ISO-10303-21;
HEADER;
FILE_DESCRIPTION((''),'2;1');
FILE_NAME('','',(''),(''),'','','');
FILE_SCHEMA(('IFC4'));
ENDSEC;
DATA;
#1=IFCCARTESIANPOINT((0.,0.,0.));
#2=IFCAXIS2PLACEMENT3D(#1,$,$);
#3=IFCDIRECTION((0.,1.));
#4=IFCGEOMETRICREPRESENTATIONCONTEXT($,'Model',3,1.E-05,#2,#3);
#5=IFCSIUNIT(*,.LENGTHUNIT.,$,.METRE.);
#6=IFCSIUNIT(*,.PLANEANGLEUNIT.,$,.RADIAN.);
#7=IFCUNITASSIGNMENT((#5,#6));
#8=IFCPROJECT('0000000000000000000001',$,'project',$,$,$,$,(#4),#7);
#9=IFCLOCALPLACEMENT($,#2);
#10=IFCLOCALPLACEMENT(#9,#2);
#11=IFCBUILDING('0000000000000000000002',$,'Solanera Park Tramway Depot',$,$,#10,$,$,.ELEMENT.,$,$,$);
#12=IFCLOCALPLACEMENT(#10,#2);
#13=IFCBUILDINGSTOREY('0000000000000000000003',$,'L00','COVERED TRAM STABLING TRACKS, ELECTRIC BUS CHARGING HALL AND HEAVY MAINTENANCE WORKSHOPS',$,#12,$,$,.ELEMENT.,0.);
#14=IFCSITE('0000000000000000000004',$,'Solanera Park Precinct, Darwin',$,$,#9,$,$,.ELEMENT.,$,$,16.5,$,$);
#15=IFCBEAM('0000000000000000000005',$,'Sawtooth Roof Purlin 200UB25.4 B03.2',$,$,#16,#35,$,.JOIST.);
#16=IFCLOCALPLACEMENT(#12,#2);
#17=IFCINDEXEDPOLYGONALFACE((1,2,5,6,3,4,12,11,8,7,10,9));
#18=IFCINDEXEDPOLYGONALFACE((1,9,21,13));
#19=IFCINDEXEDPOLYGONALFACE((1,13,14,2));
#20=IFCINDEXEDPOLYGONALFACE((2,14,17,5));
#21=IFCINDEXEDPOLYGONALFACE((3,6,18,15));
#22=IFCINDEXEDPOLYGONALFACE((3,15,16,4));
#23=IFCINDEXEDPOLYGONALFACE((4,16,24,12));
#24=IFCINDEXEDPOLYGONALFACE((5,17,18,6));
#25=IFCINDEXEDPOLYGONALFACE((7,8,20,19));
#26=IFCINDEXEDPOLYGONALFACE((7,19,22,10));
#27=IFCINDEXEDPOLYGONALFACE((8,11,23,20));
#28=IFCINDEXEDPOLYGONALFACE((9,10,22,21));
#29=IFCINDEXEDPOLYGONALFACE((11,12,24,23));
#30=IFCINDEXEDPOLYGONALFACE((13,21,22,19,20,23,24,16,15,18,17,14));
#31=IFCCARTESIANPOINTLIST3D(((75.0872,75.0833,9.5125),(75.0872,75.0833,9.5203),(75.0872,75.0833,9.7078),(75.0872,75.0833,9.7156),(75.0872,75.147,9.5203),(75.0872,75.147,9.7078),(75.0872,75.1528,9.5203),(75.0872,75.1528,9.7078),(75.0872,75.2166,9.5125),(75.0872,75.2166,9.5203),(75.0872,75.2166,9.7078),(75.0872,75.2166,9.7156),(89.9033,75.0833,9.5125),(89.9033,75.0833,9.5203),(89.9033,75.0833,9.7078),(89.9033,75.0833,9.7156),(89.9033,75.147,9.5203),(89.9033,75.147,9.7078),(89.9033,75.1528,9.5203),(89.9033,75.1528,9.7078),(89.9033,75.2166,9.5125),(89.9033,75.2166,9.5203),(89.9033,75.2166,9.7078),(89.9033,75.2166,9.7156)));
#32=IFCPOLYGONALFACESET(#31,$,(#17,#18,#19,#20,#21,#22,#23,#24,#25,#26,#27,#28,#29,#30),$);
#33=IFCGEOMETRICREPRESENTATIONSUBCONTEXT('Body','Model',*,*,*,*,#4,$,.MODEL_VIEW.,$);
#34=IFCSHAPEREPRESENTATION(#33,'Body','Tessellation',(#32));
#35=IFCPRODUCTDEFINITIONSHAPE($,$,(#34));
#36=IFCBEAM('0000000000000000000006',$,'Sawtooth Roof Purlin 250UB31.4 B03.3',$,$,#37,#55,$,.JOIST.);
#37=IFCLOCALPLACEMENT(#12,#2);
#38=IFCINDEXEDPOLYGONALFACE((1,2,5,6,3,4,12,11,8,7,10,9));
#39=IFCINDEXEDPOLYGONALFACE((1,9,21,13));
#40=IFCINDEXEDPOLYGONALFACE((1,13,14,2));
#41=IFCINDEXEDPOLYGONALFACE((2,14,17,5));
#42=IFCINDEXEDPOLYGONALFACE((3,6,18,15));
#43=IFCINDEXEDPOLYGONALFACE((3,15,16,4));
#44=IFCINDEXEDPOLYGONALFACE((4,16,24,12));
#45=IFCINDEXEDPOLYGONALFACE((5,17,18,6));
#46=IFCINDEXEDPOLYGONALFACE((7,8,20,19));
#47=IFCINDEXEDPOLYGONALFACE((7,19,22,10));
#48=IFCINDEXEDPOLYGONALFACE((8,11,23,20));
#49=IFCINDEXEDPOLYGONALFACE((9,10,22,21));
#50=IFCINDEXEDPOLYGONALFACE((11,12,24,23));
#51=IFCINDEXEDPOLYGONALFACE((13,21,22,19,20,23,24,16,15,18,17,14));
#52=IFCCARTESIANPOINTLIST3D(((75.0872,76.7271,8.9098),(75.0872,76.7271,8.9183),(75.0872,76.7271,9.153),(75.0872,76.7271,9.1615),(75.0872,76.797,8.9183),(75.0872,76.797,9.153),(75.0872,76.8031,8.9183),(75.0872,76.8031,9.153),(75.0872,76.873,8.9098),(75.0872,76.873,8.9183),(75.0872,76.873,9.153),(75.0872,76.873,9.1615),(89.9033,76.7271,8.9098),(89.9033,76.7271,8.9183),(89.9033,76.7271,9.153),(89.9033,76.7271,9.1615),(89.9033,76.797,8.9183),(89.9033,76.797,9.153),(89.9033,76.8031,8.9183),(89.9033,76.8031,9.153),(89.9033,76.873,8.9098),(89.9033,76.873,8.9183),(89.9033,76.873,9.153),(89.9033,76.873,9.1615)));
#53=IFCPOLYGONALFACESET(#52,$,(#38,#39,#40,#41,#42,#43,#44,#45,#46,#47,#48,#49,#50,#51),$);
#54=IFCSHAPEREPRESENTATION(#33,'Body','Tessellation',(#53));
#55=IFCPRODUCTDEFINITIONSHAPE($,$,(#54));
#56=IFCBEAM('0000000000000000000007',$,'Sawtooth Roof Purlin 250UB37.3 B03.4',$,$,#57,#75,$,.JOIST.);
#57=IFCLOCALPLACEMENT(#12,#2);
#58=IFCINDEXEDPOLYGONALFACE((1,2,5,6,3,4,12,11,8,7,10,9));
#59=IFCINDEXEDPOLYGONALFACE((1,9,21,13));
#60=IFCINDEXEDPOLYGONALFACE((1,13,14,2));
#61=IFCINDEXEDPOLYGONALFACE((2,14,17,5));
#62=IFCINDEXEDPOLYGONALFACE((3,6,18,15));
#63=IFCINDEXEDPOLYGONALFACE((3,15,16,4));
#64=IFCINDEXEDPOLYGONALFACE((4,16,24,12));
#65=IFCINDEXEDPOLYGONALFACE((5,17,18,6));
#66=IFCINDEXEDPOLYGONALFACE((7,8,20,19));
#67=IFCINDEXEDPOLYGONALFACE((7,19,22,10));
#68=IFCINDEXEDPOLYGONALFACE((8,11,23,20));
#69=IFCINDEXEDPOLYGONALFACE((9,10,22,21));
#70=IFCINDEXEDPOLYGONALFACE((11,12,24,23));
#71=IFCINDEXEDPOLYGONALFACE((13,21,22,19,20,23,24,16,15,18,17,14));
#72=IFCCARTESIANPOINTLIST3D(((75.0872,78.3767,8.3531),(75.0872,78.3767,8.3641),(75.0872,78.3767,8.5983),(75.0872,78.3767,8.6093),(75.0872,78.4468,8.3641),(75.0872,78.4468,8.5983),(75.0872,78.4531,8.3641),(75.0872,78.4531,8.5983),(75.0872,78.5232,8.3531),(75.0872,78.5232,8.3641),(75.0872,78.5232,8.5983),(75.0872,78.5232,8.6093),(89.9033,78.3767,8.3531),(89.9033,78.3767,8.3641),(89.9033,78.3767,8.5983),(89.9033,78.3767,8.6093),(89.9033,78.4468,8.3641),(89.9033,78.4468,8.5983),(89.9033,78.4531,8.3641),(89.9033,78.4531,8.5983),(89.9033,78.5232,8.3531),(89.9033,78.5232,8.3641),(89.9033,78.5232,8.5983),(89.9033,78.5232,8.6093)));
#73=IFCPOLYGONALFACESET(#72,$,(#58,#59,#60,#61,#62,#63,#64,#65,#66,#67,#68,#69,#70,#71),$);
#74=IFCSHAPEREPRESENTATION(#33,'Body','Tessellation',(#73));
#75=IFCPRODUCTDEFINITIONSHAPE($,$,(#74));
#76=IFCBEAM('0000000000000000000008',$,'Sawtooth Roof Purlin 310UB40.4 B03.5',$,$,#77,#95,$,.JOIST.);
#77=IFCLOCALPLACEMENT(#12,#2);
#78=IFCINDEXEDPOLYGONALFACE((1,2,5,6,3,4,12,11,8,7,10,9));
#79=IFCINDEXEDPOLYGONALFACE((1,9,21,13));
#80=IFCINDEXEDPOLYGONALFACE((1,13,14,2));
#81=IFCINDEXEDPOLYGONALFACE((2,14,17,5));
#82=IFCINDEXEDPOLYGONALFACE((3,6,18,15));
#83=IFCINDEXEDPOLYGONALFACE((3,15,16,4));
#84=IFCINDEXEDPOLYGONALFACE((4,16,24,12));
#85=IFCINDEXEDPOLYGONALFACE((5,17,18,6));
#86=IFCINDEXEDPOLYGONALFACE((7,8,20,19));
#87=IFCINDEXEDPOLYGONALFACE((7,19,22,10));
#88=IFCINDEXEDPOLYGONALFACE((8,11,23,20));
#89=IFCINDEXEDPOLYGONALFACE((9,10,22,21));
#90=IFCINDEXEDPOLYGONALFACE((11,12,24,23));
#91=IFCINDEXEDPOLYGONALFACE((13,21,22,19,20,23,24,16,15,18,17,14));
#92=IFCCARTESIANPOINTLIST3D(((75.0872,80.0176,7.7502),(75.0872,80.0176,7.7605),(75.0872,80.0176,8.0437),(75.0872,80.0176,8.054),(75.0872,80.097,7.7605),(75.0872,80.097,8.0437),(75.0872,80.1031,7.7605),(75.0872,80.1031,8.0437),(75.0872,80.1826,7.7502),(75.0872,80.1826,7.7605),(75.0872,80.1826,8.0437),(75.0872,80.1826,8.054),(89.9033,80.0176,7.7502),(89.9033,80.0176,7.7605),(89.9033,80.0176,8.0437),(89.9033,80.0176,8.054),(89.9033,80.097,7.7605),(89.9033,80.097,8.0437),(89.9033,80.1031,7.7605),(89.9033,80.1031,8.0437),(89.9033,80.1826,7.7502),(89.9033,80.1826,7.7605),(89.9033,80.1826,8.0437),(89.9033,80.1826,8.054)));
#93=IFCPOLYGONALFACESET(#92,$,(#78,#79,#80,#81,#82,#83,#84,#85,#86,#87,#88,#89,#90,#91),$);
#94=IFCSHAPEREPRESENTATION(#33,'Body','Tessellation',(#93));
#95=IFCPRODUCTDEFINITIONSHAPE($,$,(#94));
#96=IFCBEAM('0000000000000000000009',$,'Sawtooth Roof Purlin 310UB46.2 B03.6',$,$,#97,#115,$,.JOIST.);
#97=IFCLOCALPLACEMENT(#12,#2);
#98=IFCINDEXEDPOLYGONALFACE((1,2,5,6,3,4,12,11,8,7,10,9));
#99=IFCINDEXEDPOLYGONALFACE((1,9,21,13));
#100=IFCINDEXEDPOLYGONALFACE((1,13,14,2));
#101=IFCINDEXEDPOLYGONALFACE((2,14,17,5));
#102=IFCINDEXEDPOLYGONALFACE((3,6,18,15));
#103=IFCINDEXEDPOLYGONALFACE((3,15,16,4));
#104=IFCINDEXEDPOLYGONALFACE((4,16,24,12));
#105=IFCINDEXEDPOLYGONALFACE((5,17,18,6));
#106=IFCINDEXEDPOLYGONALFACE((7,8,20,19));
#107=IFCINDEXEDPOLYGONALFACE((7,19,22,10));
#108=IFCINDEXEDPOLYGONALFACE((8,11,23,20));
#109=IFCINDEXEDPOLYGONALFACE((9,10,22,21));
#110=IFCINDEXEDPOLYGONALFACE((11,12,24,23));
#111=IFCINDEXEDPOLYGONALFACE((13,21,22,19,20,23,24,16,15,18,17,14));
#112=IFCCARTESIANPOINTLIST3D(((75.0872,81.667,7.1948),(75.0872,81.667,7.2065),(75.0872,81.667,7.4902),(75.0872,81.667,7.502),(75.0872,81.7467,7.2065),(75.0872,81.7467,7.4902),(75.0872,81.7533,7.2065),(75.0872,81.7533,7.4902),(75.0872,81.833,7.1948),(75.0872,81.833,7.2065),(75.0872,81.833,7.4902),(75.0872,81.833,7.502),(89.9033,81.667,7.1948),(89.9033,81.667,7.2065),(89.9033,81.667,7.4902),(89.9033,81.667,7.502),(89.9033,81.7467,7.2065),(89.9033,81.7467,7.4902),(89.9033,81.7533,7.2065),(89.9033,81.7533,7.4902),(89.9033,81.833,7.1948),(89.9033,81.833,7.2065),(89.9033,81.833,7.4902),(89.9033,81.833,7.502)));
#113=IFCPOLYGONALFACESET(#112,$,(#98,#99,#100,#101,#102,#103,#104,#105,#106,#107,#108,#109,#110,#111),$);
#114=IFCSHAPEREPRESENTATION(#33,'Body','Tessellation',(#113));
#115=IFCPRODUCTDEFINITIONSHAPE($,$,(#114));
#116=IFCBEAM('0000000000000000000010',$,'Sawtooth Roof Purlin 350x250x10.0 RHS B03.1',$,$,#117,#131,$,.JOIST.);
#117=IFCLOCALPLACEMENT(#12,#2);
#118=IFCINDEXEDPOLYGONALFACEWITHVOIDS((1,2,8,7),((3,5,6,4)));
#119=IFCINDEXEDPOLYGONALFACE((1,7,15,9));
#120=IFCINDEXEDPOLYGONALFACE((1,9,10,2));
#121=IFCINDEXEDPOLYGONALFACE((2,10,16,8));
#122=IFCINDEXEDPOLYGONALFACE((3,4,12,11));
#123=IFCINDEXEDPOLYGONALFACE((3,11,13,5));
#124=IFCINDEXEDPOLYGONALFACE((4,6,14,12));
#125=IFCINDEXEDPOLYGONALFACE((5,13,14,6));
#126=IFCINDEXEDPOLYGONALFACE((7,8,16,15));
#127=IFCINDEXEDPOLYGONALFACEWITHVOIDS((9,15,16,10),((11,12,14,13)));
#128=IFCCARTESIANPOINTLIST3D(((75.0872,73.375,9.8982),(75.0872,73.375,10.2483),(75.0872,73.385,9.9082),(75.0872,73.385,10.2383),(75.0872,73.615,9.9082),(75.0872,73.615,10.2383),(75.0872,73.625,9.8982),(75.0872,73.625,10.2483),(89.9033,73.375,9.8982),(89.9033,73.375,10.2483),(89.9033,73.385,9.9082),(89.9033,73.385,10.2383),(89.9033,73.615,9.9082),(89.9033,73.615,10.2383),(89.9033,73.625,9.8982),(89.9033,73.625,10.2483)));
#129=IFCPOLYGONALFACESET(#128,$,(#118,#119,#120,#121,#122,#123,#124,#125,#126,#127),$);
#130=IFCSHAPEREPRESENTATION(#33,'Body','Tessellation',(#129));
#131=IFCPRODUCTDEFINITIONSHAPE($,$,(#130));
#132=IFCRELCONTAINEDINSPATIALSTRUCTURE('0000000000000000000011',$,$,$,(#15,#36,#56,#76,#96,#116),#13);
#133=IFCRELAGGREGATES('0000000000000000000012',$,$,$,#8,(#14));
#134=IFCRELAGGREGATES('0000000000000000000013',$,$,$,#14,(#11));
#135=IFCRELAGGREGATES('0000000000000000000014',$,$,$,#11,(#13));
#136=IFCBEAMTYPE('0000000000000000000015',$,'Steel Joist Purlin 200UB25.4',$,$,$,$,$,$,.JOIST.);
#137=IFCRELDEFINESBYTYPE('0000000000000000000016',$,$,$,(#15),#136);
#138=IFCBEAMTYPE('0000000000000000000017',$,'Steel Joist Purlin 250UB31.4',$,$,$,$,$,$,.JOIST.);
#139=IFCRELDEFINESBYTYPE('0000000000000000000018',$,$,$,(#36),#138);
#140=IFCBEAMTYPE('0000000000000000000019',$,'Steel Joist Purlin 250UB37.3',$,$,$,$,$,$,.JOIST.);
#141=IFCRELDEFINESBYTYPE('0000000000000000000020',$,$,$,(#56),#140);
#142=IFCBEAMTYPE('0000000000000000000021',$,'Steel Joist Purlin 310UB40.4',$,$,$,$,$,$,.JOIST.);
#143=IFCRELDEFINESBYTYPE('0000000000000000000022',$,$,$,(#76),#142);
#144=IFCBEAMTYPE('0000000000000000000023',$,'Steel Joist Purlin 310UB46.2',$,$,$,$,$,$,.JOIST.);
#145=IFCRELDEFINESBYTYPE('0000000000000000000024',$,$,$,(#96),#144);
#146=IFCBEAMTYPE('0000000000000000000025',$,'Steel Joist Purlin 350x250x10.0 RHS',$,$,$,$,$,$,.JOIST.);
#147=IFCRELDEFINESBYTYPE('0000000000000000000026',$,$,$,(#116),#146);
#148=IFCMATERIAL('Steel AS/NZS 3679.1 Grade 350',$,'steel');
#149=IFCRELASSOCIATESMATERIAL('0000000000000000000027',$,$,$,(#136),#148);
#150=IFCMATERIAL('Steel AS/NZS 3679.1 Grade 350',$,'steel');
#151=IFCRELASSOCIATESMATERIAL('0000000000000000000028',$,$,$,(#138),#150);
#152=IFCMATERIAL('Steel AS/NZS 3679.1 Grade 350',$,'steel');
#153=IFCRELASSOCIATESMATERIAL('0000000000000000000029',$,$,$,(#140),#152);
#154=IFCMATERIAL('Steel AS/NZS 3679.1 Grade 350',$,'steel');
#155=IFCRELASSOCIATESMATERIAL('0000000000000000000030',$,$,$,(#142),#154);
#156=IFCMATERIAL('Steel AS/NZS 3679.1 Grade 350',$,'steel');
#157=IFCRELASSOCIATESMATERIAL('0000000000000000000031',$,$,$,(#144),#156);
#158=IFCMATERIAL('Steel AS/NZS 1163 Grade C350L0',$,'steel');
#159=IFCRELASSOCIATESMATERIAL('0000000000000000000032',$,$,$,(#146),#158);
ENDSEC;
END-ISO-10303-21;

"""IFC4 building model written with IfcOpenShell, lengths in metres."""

from ifc_helpers import new_model, si_unit, direction, frame, origin, origin_2d, place, context, subcontext, project, spatial, hollow_rectangle, i_section, extrude, material, material_profile, profile_set, type_object, element, save


model = new_model("IFC4")

# Units and contexts
model_context = context("Model", 3, precision=1e-05, world=origin(), true_north=direction((0.0, 1.0)))
body_context = subcontext(model_context, "Body", "Model", "MODEL_VIEW")
ifc_project = project(units=[si_unit("LENGTHUNIT", "METRE"), si_unit("PLANEANGLEUNIT", "RADIAN")], contexts=[model_context])

# Site, building, storey
site_placement = place(None, origin())
site = spatial("IfcSite", under=ifc_project, at=site_placement, Name="Solanera Park Precinct, Darwin", CompositionType="ELEMENT", RefElevation=16.5)
building_placement = place(site_placement, origin())
building = spatial("IfcBuilding", under=site, at=building_placement, Name="Solanera Park Tramway Depot", CompositionType="ELEMENT")
storey_placement = place(building_placement, origin())
storey = spatial("IfcBuildingStorey", under=building, at=storey_placement, Name="L00", Description="COVERED TRAM STABLING TRACKS, ELECTRIC BUS CHARGING HALL AND HEAVY MAINTENANCE WORKSHOPS", CompositionType="ELEMENT", Elevation=0.0)

# Beams
ifc_material_1 = material(Name="Steel AS/NZS 3679.1 Grade 350", Category="steel")
ifc_material_profile_1 = material_profile(ifc_material_1, i_section(OverallWidth=0.1333, OverallDepth=0.2031, WebThickness=0.0059, FlangeThickness=0.0078, at=origin_2d()), Name="200UB25.4")
ifc_profile_set_1 = profile_set([ifc_material_profile_1], Name="Steel AS/NZS 3679.1 Grade 350")
beam_type_1 = type_object("IfcBeamType", Name="Steel Joist Purlin 200UB25.4", PredefinedType="JOIST", material=ifc_profile_set_1)
beam_1_placement = place(storey_placement, frame((75.0872, 75.1499, 9.614), z_axis=(1.0, 0.0, 0.0), x_axis=(0.0, 1.0, 0.0)))
element("IfcBeam", 1, at=beam_1_placement, inside=storey, type_object=beam_type_1, Name="Sawtooth Roof Purlin 200UB25.4 B03.2", PredefinedType="JOIST", context=body_context, shape_type="SweptSolid", body=[
    extrude(i_section(OverallWidth=0.1333, OverallDepth=0.2031, WebThickness=0.0059, FlangeThickness=0.0078, at=origin_2d()), origin(), (0.0, 0.0, 1.0), 14.8162),
])
ifc_material_2 = material(Name="Steel AS/NZS 3679.1 Grade 350", Category="steel")
ifc_material_profile_2 = material_profile(ifc_material_2, i_section(OverallWidth=0.146, OverallDepth=0.2517, WebThickness=0.0061, FlangeThickness=0.0085, at=origin_2d()), Name="250UB31.4")
ifc_profile_set_2 = profile_set([ifc_material_profile_2], Name="Steel AS/NZS 3679.1 Grade 350")
beam_type_2 = type_object("IfcBeamType", Name="Steel Joist Purlin 250UB31.4", PredefinedType="JOIST", material=ifc_profile_set_2)
beam_2_placement = place(storey_placement, frame((75.0872, 76.8, 9.0356), z_axis=(1.0, 0.0, 0.0), x_axis=(0.0, 1.0, 0.0)))
element("IfcBeam", 2, at=beam_2_placement, inside=storey, type_object=beam_type_2, Name="Sawtooth Roof Purlin 250UB31.4 B03.3", PredefinedType="JOIST", context=body_context, shape_type="SweptSolid", body=[
    extrude(i_section(OverallWidth=0.146, OverallDepth=0.2517, WebThickness=0.0061, FlangeThickness=0.0085, at=origin_2d()), origin(), (0.0, 0.0, 1.0), 14.8162),
])
ifc_material_3 = material(Name="Steel AS/NZS 3679.1 Grade 350", Category="steel")
ifc_material_profile_3 = material_profile(ifc_material_3, i_section(OverallWidth=0.1465, OverallDepth=0.2561, WebThickness=0.0063, FlangeThickness=0.011, at=origin_2d()), Name="250UB37.3")
ifc_profile_set_3 = profile_set([ifc_material_profile_3], Name="Steel AS/NZS 3679.1 Grade 350")
beam_type_3 = type_object("IfcBeamType", Name="Steel Joist Purlin 250UB37.3", PredefinedType="JOIST", material=ifc_profile_set_3)
beam_3_placement = place(storey_placement, frame((75.0872, 78.45, 8.4812), z_axis=(1.0, 0.0, 0.0), x_axis=(0.0, 1.0, 0.0)))
element("IfcBeam", 3, at=beam_3_placement, inside=storey, type_object=beam_type_3, Name="Sawtooth Roof Purlin 250UB37.3 B03.4", PredefinedType="JOIST", context=body_context, shape_type="SweptSolid", body=[
    extrude(i_section(OverallWidth=0.1465, OverallDepth=0.2561, WebThickness=0.0063, FlangeThickness=0.011, at=origin_2d()), origin(), (0.0, 0.0, 1.0), 14.8162),
])
ifc_material_4 = material(Name="Steel AS/NZS 3679.1 Grade 350", Category="steel")
ifc_material_profile_4 = material_profile(ifc_material_4, i_section(OverallWidth=0.165, OverallDepth=0.3037, WebThickness=0.0061, FlangeThickness=0.0103, at=origin_2d()), Name="310UB40.4")
ifc_profile_set_4 = profile_set([ifc_material_profile_4], Name="Steel AS/NZS 3679.1 Grade 350")
beam_type_4 = type_object("IfcBeamType", Name="Steel Joist Purlin 310UB40.4", PredefinedType="JOIST", material=ifc_profile_set_4)
beam_4_placement = place(storey_placement, frame((75.0872, 80.1001, 7.9021), z_axis=(1.0, 0.0, 0.0), x_axis=(0.0, 1.0, 0.0)))
element("IfcBeam", 4, at=beam_4_placement, inside=storey, type_object=beam_type_4, Name="Sawtooth Roof Purlin 310UB40.4 B03.5", PredefinedType="JOIST", context=body_context, shape_type="SweptSolid", body=[
    extrude(i_section(OverallWidth=0.165, OverallDepth=0.3037, WebThickness=0.0061, FlangeThickness=0.0103, at=origin_2d()), origin(), (0.0, 0.0, 1.0), 14.8162),
])
ifc_material_5 = material(Name="Steel AS/NZS 3679.1 Grade 350", Category="steel")
ifc_material_profile_5 = material_profile(ifc_material_5, i_section(OverallWidth=0.166, OverallDepth=0.3071, WebThickness=0.0066, FlangeThickness=0.0117, at=origin_2d()), Name="310UB46.2")
ifc_profile_set_5 = profile_set([ifc_material_profile_5], Name="Steel AS/NZS 3679.1 Grade 350")
beam_type_5 = type_object("IfcBeamType", Name="Steel Joist Purlin 310UB46.2", PredefinedType="JOIST", material=ifc_profile_set_5)
beam_5_placement = place(storey_placement, frame((75.0872, 81.75, 7.3484), z_axis=(1.0, 0.0, 0.0), x_axis=(0.0, 1.0, 0.0)))
element("IfcBeam", 5, at=beam_5_placement, inside=storey, type_object=beam_type_5, Name="Sawtooth Roof Purlin 310UB46.2 B03.6", PredefinedType="JOIST", context=body_context, shape_type="SweptSolid", body=[
    extrude(i_section(OverallWidth=0.166, OverallDepth=0.3071, WebThickness=0.0066, FlangeThickness=0.0117, at=origin_2d()), origin(), (0.0, 0.0, 1.0), 14.8162),
])
ifc_material_6 = material(Name="Steel AS/NZS 1163 Grade C350L0", Category="steel")
ifc_material_profile_6 = material_profile(ifc_material_6, hollow_rectangle(XDim=0.25, YDim=0.3501, WallThickness=0.01, at=origin_2d()), Name="350x250x10.0 RHS")
ifc_profile_set_6 = profile_set([ifc_material_profile_6], Name="Steel AS/NZS 1163 Grade C350L0")
beam_type_6 = type_object("IfcBeamType", Name="Steel Joist Purlin 350x250x10.0 RHS", PredefinedType="JOIST", material=ifc_profile_set_6)
beam_6_placement = place(storey_placement, frame((75.0872, 73.5, 10.0732), z_axis=(1.0, 0.0, 0.0), x_axis=(0.0, 1.0, 0.0)))
element("IfcBeam", 6, at=beam_6_placement, inside=storey, type_object=beam_type_6, Name="Sawtooth Roof Purlin 350x250x10.0 RHS B03.1", PredefinedType="JOIST", context=body_context, shape_type="SweptSolid", body=[
    extrude(hollow_rectangle(XDim=0.25, YDim=0.3501, WallThickness=0.01, at=origin_2d()), origin(), (0.0, 0.0, 1.0), 14.8162),
])

save(model, "model.ifc")
